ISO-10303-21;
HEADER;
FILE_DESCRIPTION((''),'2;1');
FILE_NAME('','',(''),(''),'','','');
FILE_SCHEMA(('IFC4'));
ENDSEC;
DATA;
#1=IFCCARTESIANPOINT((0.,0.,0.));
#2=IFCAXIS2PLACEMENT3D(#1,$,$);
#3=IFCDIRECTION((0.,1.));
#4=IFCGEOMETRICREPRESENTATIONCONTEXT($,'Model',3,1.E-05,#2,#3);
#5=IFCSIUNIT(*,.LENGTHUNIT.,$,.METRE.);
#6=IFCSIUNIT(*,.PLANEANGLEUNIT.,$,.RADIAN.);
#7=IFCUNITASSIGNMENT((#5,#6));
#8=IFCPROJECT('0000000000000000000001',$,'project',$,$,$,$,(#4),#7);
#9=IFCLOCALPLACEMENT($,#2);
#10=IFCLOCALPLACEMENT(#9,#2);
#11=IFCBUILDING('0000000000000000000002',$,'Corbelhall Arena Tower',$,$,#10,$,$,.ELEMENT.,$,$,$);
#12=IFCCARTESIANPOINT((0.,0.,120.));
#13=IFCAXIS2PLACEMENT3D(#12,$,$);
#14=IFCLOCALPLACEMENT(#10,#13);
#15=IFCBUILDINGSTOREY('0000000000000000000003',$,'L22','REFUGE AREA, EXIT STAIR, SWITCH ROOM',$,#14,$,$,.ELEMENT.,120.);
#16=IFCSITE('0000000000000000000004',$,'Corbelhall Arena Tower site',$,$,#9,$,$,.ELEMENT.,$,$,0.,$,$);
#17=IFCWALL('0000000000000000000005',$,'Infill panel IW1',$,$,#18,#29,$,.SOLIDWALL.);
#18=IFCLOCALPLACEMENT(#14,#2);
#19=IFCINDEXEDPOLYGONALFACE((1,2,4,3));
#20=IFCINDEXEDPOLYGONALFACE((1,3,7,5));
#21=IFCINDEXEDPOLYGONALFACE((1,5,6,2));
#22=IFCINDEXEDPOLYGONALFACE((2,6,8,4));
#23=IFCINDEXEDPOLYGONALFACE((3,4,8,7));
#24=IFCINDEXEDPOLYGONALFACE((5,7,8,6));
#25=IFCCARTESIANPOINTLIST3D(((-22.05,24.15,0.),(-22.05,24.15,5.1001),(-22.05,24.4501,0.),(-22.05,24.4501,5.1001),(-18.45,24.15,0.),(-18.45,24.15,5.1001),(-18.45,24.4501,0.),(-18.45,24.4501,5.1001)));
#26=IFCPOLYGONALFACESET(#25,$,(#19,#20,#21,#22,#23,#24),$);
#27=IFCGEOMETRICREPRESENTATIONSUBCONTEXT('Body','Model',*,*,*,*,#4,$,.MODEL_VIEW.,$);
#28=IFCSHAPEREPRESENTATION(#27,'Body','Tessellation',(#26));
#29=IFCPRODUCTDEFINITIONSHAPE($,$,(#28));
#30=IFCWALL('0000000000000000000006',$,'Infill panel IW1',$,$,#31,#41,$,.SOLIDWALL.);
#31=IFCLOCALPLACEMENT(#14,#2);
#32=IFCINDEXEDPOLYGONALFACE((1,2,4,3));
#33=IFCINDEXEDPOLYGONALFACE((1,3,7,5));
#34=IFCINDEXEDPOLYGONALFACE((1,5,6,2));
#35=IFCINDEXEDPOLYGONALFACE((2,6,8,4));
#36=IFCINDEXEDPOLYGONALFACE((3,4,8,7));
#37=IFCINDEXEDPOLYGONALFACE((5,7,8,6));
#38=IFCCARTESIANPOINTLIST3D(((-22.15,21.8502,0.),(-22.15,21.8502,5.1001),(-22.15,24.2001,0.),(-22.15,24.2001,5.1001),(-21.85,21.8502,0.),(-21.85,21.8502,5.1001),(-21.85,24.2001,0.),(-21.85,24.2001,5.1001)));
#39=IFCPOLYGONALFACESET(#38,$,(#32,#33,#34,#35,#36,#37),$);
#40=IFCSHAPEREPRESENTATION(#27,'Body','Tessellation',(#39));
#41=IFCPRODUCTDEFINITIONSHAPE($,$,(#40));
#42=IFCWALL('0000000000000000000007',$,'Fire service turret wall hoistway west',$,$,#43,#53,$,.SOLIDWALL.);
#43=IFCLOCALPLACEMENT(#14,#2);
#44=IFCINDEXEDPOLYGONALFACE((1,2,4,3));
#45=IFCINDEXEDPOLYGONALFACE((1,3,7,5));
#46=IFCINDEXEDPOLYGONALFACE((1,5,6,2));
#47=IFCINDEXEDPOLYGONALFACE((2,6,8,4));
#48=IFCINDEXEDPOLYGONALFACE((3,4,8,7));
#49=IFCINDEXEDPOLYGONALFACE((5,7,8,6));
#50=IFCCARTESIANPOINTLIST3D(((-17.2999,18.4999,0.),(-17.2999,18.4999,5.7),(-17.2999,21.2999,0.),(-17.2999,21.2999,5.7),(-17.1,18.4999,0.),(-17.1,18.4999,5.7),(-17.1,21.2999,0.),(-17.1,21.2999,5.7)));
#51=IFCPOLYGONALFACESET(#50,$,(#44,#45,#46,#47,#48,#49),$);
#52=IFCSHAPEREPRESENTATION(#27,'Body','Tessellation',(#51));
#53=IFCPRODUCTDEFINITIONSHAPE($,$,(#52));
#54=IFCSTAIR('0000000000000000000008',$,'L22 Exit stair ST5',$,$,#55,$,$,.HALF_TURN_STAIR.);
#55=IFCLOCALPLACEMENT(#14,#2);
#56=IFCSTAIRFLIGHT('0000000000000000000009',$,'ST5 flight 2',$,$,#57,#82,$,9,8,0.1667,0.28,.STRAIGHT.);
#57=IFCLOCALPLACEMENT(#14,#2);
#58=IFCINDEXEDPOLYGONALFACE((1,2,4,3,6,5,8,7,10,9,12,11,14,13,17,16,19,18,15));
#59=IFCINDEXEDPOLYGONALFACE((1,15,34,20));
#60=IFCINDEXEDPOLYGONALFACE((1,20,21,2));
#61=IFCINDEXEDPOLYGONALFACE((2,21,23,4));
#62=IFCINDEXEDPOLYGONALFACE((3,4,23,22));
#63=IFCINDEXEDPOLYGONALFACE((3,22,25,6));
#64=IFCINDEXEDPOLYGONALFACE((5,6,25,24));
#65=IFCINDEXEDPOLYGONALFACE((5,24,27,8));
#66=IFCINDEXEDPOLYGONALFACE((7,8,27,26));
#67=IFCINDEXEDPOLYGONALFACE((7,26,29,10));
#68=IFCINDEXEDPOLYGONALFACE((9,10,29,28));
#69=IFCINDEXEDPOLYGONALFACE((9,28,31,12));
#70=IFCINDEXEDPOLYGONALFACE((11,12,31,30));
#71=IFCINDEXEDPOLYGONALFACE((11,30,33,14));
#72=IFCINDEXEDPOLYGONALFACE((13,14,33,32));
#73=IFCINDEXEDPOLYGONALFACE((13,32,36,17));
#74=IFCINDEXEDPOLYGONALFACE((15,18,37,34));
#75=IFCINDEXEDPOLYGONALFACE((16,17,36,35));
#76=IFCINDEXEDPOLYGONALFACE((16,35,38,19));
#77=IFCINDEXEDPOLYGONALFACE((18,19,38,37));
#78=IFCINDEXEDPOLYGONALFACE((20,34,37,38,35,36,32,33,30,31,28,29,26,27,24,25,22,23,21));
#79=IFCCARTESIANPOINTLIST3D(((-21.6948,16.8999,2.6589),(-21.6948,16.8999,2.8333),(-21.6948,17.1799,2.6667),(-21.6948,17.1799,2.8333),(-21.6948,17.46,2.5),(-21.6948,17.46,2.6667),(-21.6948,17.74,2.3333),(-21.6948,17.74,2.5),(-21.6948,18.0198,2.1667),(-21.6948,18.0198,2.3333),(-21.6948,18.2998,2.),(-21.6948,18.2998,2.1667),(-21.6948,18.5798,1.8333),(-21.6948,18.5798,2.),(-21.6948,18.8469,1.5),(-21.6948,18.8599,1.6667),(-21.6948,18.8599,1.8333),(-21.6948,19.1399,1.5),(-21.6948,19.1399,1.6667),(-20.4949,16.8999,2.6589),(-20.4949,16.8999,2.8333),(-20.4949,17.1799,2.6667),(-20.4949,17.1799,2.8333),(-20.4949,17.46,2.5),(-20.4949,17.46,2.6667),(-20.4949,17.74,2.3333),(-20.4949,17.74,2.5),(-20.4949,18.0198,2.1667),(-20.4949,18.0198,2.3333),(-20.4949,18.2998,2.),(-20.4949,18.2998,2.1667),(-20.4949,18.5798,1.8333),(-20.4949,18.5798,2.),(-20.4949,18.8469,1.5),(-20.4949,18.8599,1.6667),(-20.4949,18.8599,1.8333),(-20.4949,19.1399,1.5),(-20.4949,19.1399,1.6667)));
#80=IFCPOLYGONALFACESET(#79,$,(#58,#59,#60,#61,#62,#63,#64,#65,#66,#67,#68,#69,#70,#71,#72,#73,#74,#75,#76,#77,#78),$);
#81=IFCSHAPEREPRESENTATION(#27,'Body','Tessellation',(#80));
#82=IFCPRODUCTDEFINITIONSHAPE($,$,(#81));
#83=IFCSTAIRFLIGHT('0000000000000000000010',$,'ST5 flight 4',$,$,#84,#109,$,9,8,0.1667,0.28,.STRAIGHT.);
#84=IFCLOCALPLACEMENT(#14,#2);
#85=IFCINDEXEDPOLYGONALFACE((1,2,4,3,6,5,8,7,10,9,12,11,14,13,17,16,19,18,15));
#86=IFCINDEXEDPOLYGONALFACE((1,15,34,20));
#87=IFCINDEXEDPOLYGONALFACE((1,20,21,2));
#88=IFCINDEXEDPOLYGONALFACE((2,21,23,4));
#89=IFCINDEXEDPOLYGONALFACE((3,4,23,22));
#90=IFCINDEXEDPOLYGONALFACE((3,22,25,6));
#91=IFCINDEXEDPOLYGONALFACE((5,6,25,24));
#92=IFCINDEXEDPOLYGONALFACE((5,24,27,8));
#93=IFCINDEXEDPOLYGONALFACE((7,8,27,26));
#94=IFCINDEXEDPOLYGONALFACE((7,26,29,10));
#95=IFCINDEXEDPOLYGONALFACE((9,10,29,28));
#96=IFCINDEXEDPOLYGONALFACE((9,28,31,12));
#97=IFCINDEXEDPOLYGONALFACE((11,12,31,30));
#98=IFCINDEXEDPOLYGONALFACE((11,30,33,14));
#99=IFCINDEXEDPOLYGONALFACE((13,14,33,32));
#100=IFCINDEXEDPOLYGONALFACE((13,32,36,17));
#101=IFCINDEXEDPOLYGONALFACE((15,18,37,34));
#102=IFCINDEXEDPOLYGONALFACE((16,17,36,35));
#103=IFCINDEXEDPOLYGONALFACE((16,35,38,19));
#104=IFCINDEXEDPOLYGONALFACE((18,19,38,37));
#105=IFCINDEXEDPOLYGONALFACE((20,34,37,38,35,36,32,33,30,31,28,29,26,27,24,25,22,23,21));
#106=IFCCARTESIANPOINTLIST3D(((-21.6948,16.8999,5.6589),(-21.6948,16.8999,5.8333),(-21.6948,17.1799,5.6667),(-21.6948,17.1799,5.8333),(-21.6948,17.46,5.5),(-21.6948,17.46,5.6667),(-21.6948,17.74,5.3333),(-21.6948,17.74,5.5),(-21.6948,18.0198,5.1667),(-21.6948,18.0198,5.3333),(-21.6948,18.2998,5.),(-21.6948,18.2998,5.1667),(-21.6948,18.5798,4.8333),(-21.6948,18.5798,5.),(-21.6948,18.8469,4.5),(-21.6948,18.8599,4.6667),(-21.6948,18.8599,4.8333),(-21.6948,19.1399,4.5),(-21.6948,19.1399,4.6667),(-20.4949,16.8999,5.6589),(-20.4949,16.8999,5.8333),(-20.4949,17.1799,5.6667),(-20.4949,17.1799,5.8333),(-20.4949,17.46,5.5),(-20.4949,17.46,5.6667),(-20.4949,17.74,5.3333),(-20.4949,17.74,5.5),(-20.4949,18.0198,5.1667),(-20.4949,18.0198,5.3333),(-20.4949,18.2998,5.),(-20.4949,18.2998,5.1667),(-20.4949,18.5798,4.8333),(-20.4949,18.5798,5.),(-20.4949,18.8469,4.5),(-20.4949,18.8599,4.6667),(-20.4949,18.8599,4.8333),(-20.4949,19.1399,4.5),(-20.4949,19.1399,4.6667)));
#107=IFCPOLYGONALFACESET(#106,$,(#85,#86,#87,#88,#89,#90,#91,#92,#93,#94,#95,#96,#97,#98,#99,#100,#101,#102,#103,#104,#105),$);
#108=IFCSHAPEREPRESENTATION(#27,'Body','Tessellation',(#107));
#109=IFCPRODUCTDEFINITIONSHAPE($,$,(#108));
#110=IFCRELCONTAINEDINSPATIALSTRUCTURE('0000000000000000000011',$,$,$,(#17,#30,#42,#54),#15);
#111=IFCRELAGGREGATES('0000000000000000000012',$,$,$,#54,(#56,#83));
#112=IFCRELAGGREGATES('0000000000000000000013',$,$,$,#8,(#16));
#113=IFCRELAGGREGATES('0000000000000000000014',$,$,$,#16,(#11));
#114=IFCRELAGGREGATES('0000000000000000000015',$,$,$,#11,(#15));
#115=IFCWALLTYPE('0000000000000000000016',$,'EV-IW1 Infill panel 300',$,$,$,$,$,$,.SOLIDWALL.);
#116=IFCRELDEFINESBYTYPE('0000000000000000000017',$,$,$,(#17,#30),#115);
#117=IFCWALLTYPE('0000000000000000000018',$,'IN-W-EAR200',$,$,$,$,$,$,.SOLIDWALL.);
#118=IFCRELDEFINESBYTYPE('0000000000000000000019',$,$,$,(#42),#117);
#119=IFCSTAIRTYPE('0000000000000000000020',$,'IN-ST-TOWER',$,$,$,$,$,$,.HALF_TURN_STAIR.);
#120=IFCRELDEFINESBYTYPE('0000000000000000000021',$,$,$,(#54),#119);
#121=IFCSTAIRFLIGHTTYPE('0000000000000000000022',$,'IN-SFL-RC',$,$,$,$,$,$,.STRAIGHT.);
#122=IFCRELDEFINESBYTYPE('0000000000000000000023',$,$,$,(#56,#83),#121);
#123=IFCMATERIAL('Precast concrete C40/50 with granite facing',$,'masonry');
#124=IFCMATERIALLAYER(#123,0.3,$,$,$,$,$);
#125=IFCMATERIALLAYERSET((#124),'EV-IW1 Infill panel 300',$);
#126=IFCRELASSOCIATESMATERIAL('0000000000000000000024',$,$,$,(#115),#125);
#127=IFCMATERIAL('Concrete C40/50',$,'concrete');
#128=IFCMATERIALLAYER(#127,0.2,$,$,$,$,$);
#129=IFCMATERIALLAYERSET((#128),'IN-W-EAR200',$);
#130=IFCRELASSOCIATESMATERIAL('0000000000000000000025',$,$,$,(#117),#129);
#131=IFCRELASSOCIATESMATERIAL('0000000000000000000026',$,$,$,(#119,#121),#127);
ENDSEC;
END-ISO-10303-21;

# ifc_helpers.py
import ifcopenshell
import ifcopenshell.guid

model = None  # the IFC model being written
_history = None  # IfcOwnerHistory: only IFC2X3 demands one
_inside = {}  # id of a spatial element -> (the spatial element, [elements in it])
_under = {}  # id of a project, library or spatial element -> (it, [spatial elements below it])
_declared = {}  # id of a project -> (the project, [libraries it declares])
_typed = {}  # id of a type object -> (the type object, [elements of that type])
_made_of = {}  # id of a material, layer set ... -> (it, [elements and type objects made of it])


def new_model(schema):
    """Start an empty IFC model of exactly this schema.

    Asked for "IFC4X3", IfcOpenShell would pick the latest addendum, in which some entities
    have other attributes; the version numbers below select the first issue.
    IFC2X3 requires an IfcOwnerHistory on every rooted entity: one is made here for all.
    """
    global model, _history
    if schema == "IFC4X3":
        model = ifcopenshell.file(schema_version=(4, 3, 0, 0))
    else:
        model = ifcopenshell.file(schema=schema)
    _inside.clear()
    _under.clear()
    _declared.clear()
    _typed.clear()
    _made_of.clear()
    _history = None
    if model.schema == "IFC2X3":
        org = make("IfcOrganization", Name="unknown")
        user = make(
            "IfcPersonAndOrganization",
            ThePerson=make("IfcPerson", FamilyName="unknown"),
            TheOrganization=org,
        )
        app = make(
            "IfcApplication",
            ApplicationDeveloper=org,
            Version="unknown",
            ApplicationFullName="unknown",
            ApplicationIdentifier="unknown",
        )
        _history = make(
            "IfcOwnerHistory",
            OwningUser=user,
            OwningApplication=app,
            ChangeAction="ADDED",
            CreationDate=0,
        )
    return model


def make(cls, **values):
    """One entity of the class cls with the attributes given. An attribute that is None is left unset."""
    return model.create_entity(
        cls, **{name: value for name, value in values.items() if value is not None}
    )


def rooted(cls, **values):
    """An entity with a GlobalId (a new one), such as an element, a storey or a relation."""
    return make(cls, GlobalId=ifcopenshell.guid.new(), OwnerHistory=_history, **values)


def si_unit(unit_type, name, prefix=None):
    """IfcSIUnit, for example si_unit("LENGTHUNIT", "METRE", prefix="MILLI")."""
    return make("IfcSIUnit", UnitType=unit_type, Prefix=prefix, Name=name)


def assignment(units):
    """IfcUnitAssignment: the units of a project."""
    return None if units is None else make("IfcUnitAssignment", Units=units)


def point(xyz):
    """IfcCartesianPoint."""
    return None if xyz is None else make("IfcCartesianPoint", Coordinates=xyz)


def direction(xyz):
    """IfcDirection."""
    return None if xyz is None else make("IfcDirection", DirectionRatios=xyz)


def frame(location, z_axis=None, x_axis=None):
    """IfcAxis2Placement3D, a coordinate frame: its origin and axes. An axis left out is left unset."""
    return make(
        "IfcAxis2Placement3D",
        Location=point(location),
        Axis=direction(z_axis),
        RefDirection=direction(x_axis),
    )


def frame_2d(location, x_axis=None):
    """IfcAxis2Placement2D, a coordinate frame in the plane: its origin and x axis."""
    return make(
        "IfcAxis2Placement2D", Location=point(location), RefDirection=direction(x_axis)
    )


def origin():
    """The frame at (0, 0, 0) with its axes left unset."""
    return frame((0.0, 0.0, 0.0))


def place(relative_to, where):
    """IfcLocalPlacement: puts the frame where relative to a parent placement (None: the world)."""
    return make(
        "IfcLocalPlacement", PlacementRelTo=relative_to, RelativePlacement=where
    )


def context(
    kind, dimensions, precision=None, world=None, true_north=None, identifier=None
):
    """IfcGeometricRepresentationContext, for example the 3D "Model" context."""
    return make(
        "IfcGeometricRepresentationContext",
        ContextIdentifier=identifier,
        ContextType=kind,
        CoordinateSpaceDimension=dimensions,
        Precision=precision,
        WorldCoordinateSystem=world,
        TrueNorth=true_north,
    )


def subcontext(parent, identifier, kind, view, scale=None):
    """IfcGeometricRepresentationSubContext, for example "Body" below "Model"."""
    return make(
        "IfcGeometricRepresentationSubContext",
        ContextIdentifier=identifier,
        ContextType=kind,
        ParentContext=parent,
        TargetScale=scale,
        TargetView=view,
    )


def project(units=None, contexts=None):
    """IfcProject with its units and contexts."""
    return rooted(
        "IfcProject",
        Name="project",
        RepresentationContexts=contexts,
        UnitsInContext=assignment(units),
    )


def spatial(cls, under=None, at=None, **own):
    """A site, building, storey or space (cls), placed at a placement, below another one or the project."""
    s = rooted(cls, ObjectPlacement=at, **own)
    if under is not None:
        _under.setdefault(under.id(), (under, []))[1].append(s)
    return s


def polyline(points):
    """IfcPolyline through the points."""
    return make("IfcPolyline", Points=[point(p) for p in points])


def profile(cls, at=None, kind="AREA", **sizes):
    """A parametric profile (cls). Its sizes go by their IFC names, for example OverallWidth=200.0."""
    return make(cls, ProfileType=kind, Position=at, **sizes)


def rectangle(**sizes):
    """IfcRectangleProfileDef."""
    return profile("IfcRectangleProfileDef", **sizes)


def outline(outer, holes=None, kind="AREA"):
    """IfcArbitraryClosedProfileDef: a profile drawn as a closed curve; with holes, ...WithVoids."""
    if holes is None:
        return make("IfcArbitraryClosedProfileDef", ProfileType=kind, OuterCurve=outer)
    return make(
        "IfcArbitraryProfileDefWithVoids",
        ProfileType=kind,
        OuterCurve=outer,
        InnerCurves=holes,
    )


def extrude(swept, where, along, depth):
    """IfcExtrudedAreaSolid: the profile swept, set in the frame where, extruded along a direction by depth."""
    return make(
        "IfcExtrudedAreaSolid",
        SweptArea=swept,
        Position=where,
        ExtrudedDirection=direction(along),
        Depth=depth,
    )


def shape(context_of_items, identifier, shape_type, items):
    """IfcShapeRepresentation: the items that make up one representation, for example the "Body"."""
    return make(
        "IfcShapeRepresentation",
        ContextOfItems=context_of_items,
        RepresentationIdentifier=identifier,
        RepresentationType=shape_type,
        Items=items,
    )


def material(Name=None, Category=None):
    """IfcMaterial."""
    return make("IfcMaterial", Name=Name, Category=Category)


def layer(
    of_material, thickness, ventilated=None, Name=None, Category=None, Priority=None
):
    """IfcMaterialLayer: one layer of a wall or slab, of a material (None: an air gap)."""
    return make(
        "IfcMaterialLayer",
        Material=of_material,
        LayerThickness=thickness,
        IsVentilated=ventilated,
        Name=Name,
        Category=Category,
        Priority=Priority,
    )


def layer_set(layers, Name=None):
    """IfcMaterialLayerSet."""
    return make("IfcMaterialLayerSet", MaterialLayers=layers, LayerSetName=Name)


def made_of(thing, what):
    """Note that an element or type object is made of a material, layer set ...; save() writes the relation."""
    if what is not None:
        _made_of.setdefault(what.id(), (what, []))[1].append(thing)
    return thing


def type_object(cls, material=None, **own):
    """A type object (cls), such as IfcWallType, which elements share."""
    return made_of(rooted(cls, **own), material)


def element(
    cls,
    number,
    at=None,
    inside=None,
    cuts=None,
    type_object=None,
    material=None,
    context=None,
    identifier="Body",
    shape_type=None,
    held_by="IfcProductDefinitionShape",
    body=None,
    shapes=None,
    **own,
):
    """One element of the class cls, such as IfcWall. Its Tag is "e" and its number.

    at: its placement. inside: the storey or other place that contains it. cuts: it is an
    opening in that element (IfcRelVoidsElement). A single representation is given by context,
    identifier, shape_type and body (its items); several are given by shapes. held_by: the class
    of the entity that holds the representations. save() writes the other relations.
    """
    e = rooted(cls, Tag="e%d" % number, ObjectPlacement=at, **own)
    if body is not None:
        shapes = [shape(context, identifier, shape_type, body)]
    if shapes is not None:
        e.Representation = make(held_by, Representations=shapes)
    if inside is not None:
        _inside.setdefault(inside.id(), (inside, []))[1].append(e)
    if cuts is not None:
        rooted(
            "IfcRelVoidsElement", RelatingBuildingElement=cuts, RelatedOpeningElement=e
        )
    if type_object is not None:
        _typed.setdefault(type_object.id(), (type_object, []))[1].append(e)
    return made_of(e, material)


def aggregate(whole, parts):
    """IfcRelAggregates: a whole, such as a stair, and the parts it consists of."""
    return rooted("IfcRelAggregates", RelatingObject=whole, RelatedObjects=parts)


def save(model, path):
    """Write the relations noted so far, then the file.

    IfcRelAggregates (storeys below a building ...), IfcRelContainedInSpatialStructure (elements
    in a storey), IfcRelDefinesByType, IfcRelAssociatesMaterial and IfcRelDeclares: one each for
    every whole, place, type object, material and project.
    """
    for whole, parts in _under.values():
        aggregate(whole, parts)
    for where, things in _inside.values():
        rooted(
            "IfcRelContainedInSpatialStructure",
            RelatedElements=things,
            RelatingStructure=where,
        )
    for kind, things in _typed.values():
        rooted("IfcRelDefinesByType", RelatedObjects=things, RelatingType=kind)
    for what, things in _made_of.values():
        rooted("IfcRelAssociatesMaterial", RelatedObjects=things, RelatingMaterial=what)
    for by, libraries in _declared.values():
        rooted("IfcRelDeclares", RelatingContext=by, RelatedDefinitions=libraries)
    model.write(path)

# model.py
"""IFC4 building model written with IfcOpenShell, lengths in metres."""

from ifc_helpers import new_model, si_unit, direction, frame, frame_2d, origin, place, context, subcontext, project, spatial, polyline, rectangle, outline, extrude, material, layer, layer_set, type_object, element, aggregate, save


model = new_model("IFC4")

# Units and contexts
model_context = context("Model", 3, precision=1e-05, world=origin(), true_north=direction((0.0, 1.0)))
body_context = subcontext(model_context, "Body", "Model", "MODEL_VIEW")
ifc_project = project(units=[si_unit("LENGTHUNIT", "METRE"), si_unit("PLANEANGLEUNIT", "RADIAN")], contexts=[model_context])

# Site, building, storey
site_placement = place(None, origin())
site = spatial("IfcSite", under=ifc_project, at=site_placement, Name="Corbelhall Arena Tower site", CompositionType="ELEMENT", RefElevation=0.0)
building_placement = place(site_placement, origin())
building = spatial("IfcBuilding", under=site, at=building_placement, Name="Corbelhall Arena Tower", CompositionType="ELEMENT")
storey_placement = place(building_placement, frame((0.0, 0.0, 120.0)))
storey = spatial("IfcBuildingStorey", under=building, at=storey_placement, Name="L22", Description="REFUGE AREA, EXIT STAIR, SWITCH ROOM", CompositionType="ELEMENT", Elevation=120.0)

# Walls
ifc_material_1 = material(Name="Precast concrete C40/50 with granite facing", Category="masonry")
ifc_layer_1 = layer(ifc_material_1, 0.3)
ifc_layer_set_1 = layer_set([ifc_layer_1], Name="EV-IW1 Infill panel 300")
wall_type_1 = type_object("IfcWallType", Name="EV-IW1 Infill panel 300", PredefinedType="SOLIDWALL", material=ifc_layer_set_1)
for number, where, z_axis, x_axis, name in (
    (1, (-18.45, 24.3, 0.0), (0.0, 0.0, 1.0), (-1.0, 0.0, 0.0), "Infill panel IW1"),
):
    element("IfcWall", number, at=place(storey_placement, frame(where, z_axis=z_axis, x_axis=x_axis)), inside=storey, type_object=wall_type_1, Name=name, PredefinedType="SOLIDWALL", context=body_context, shape_type="SweptSolid", body=[
        extrude(rectangle(XDim=3.6001, YDim=0.3, at=frame_2d((1.8, 0.0))), origin(), (0.0, 0.0, 1.0), 5.1001),
    ])
wall_1_placement = place(storey_placement, frame((-22.0, 24.2, 0.0), z_axis=(0.0, 0.0, 1.0), x_axis=(0.0, -1.0, 0.0)))
element("IfcWall", 2, at=wall_1_placement, inside=storey, type_object=wall_type_1, Name="Infill panel IW1", PredefinedType="SOLIDWALL", context=body_context, shape_type="SweptSolid", body=[
    extrude(rectangle(XDim=2.3499, YDim=0.3, at=frame_2d((1.1748, 0.0))), origin(), (0.0, 0.0, 1.0), 5.1001),
])

# Shared definitions
ifc_material_2 = material(Name="Concrete C40/50", Category="concrete")
ifc_layer_2 = layer(ifc_material_2, 0.2)
ifc_layer_set_2 = layer_set([ifc_layer_2], Name="IN-W-EAR200")
wall_type_2 = type_object("IfcWallType", Name="IN-W-EAR200", PredefinedType="SOLIDWALL", material=ifc_layer_set_2)

# Wall
wall_2_placement = place(storey_placement, frame((-17.2, 18.5, 0.0), z_axis=(0.0, 0.0, 1.0), x_axis=(0.0, 1.0, 0.0)))
element("IfcWall", 3, at=wall_2_placement, inside=storey, type_object=wall_type_2, Name="Fire service turret wall hoistway west", PredefinedType="SOLIDWALL", context=body_context, shape_type="SweptSolid", body=[
    extrude(rectangle(XDim=2.8, YDim=0.2, at=frame_2d((1.3999, 0.0))), origin(), (0.0, 0.0, 1.0), 5.7),
])

# Stair, stair flights
stair_type = type_object("IfcStairType", Name="IN-ST-TOWER", PredefinedType="HALF_TURN_STAIR", material=ifc_material_2)
stair_placement = place(storey_placement, origin())
stair = element("IfcStair", 4, at=stair_placement, inside=storey, type_object=stair_type, Name="L22 Exit stair ST5", PredefinedType="HALF_TURN_STAIR")
stair_flight_type = type_object("IfcStairFlightType", Name="IN-SFL-RC", PredefinedType="STRAIGHT", material=ifc_material_2)
stair_flight_1_placement = place(storey_placement, frame((-21.095, 19.1399, 1.5), z_axis=(0.0, 0.0, 1.0), x_axis=(0.0, -1.0, 0.0)))
stair_flight_1 = element("IfcStairFlight", 5, at=stair_flight_1_placement, type_object=stair_flight_type, Name="ST5 flight 2", NumberOfRisers=9, NumberOfTreads=8, PredefinedType="STRAIGHT", RiserHeight=0.1667, TreadLength=0.28, context=body_context, shape_type="SweptSolid", body=[
    extrude(outline(polyline([(0.0, 0.0), (0.0, 0.1667), (0.28, 0.1667), (0.28, 0.3333), (0.5601, 0.3333), (0.5601, 0.5), (0.8401, 0.5), (0.8401, 0.6667), (1.1201, 0.6667), (1.1201, 0.8333), (1.3999, 0.8333), (1.3999, 1.0), (1.6799, 1.0), (1.6799, 1.1667), (1.96, 1.1667), (1.96, 1.3333), (2.24, 1.3333), (2.24, 1.5), (2.24, 1.1589), (0.293, 0.0), (0.0, 0.0)])), frame((0.0, 0.6001, 0.0), z_axis=(0.0, -1.0, 0.0), x_axis=(1.0, 0.0, 0.0)), (0.0, 0.0, 1.0), 1.2),
])
stair_flight_2_placement = place(storey_placement, frame((-21.095, 19.1399, 4.5), z_axis=(0.0, 0.0, 1.0), x_axis=(0.0, -1.0, 0.0)))
stair_flight_2 = element("IfcStairFlight", 6, at=stair_flight_2_placement, type_object=stair_flight_type, Name="ST5 flight 4", NumberOfRisers=9, NumberOfTreads=8, PredefinedType="STRAIGHT", RiserHeight=0.1667, TreadLength=0.28, context=body_context, shape_type="SweptSolid", body=[
    extrude(outline(polyline([(0.0, 0.0), (0.0, 0.1667), (0.28, 0.1667), (0.28, 0.3333), (0.5601, 0.3333), (0.5601, 0.5), (0.8401, 0.5), (0.8401, 0.6667), (1.1201, 0.6667), (1.1201, 0.8333), (1.3999, 0.8333), (1.3999, 1.0), (1.6799, 1.0), (1.6799, 1.1667), (1.96, 1.1667), (1.96, 1.3333), (2.24, 1.3333), (2.24, 1.5), (2.24, 1.1589), (0.293, 0.0), (0.0, 0.0)])), frame((0.0, 0.6001, 0.0), z_axis=(0.0, -1.0, 0.0), x_axis=(1.0, 0.0, 0.0)), (0.0, 0.0, 1.0), 1.2),
])
aggregate(stair, [stair_flight_1, stair_flight_2])

save(model, "model.ifc")
